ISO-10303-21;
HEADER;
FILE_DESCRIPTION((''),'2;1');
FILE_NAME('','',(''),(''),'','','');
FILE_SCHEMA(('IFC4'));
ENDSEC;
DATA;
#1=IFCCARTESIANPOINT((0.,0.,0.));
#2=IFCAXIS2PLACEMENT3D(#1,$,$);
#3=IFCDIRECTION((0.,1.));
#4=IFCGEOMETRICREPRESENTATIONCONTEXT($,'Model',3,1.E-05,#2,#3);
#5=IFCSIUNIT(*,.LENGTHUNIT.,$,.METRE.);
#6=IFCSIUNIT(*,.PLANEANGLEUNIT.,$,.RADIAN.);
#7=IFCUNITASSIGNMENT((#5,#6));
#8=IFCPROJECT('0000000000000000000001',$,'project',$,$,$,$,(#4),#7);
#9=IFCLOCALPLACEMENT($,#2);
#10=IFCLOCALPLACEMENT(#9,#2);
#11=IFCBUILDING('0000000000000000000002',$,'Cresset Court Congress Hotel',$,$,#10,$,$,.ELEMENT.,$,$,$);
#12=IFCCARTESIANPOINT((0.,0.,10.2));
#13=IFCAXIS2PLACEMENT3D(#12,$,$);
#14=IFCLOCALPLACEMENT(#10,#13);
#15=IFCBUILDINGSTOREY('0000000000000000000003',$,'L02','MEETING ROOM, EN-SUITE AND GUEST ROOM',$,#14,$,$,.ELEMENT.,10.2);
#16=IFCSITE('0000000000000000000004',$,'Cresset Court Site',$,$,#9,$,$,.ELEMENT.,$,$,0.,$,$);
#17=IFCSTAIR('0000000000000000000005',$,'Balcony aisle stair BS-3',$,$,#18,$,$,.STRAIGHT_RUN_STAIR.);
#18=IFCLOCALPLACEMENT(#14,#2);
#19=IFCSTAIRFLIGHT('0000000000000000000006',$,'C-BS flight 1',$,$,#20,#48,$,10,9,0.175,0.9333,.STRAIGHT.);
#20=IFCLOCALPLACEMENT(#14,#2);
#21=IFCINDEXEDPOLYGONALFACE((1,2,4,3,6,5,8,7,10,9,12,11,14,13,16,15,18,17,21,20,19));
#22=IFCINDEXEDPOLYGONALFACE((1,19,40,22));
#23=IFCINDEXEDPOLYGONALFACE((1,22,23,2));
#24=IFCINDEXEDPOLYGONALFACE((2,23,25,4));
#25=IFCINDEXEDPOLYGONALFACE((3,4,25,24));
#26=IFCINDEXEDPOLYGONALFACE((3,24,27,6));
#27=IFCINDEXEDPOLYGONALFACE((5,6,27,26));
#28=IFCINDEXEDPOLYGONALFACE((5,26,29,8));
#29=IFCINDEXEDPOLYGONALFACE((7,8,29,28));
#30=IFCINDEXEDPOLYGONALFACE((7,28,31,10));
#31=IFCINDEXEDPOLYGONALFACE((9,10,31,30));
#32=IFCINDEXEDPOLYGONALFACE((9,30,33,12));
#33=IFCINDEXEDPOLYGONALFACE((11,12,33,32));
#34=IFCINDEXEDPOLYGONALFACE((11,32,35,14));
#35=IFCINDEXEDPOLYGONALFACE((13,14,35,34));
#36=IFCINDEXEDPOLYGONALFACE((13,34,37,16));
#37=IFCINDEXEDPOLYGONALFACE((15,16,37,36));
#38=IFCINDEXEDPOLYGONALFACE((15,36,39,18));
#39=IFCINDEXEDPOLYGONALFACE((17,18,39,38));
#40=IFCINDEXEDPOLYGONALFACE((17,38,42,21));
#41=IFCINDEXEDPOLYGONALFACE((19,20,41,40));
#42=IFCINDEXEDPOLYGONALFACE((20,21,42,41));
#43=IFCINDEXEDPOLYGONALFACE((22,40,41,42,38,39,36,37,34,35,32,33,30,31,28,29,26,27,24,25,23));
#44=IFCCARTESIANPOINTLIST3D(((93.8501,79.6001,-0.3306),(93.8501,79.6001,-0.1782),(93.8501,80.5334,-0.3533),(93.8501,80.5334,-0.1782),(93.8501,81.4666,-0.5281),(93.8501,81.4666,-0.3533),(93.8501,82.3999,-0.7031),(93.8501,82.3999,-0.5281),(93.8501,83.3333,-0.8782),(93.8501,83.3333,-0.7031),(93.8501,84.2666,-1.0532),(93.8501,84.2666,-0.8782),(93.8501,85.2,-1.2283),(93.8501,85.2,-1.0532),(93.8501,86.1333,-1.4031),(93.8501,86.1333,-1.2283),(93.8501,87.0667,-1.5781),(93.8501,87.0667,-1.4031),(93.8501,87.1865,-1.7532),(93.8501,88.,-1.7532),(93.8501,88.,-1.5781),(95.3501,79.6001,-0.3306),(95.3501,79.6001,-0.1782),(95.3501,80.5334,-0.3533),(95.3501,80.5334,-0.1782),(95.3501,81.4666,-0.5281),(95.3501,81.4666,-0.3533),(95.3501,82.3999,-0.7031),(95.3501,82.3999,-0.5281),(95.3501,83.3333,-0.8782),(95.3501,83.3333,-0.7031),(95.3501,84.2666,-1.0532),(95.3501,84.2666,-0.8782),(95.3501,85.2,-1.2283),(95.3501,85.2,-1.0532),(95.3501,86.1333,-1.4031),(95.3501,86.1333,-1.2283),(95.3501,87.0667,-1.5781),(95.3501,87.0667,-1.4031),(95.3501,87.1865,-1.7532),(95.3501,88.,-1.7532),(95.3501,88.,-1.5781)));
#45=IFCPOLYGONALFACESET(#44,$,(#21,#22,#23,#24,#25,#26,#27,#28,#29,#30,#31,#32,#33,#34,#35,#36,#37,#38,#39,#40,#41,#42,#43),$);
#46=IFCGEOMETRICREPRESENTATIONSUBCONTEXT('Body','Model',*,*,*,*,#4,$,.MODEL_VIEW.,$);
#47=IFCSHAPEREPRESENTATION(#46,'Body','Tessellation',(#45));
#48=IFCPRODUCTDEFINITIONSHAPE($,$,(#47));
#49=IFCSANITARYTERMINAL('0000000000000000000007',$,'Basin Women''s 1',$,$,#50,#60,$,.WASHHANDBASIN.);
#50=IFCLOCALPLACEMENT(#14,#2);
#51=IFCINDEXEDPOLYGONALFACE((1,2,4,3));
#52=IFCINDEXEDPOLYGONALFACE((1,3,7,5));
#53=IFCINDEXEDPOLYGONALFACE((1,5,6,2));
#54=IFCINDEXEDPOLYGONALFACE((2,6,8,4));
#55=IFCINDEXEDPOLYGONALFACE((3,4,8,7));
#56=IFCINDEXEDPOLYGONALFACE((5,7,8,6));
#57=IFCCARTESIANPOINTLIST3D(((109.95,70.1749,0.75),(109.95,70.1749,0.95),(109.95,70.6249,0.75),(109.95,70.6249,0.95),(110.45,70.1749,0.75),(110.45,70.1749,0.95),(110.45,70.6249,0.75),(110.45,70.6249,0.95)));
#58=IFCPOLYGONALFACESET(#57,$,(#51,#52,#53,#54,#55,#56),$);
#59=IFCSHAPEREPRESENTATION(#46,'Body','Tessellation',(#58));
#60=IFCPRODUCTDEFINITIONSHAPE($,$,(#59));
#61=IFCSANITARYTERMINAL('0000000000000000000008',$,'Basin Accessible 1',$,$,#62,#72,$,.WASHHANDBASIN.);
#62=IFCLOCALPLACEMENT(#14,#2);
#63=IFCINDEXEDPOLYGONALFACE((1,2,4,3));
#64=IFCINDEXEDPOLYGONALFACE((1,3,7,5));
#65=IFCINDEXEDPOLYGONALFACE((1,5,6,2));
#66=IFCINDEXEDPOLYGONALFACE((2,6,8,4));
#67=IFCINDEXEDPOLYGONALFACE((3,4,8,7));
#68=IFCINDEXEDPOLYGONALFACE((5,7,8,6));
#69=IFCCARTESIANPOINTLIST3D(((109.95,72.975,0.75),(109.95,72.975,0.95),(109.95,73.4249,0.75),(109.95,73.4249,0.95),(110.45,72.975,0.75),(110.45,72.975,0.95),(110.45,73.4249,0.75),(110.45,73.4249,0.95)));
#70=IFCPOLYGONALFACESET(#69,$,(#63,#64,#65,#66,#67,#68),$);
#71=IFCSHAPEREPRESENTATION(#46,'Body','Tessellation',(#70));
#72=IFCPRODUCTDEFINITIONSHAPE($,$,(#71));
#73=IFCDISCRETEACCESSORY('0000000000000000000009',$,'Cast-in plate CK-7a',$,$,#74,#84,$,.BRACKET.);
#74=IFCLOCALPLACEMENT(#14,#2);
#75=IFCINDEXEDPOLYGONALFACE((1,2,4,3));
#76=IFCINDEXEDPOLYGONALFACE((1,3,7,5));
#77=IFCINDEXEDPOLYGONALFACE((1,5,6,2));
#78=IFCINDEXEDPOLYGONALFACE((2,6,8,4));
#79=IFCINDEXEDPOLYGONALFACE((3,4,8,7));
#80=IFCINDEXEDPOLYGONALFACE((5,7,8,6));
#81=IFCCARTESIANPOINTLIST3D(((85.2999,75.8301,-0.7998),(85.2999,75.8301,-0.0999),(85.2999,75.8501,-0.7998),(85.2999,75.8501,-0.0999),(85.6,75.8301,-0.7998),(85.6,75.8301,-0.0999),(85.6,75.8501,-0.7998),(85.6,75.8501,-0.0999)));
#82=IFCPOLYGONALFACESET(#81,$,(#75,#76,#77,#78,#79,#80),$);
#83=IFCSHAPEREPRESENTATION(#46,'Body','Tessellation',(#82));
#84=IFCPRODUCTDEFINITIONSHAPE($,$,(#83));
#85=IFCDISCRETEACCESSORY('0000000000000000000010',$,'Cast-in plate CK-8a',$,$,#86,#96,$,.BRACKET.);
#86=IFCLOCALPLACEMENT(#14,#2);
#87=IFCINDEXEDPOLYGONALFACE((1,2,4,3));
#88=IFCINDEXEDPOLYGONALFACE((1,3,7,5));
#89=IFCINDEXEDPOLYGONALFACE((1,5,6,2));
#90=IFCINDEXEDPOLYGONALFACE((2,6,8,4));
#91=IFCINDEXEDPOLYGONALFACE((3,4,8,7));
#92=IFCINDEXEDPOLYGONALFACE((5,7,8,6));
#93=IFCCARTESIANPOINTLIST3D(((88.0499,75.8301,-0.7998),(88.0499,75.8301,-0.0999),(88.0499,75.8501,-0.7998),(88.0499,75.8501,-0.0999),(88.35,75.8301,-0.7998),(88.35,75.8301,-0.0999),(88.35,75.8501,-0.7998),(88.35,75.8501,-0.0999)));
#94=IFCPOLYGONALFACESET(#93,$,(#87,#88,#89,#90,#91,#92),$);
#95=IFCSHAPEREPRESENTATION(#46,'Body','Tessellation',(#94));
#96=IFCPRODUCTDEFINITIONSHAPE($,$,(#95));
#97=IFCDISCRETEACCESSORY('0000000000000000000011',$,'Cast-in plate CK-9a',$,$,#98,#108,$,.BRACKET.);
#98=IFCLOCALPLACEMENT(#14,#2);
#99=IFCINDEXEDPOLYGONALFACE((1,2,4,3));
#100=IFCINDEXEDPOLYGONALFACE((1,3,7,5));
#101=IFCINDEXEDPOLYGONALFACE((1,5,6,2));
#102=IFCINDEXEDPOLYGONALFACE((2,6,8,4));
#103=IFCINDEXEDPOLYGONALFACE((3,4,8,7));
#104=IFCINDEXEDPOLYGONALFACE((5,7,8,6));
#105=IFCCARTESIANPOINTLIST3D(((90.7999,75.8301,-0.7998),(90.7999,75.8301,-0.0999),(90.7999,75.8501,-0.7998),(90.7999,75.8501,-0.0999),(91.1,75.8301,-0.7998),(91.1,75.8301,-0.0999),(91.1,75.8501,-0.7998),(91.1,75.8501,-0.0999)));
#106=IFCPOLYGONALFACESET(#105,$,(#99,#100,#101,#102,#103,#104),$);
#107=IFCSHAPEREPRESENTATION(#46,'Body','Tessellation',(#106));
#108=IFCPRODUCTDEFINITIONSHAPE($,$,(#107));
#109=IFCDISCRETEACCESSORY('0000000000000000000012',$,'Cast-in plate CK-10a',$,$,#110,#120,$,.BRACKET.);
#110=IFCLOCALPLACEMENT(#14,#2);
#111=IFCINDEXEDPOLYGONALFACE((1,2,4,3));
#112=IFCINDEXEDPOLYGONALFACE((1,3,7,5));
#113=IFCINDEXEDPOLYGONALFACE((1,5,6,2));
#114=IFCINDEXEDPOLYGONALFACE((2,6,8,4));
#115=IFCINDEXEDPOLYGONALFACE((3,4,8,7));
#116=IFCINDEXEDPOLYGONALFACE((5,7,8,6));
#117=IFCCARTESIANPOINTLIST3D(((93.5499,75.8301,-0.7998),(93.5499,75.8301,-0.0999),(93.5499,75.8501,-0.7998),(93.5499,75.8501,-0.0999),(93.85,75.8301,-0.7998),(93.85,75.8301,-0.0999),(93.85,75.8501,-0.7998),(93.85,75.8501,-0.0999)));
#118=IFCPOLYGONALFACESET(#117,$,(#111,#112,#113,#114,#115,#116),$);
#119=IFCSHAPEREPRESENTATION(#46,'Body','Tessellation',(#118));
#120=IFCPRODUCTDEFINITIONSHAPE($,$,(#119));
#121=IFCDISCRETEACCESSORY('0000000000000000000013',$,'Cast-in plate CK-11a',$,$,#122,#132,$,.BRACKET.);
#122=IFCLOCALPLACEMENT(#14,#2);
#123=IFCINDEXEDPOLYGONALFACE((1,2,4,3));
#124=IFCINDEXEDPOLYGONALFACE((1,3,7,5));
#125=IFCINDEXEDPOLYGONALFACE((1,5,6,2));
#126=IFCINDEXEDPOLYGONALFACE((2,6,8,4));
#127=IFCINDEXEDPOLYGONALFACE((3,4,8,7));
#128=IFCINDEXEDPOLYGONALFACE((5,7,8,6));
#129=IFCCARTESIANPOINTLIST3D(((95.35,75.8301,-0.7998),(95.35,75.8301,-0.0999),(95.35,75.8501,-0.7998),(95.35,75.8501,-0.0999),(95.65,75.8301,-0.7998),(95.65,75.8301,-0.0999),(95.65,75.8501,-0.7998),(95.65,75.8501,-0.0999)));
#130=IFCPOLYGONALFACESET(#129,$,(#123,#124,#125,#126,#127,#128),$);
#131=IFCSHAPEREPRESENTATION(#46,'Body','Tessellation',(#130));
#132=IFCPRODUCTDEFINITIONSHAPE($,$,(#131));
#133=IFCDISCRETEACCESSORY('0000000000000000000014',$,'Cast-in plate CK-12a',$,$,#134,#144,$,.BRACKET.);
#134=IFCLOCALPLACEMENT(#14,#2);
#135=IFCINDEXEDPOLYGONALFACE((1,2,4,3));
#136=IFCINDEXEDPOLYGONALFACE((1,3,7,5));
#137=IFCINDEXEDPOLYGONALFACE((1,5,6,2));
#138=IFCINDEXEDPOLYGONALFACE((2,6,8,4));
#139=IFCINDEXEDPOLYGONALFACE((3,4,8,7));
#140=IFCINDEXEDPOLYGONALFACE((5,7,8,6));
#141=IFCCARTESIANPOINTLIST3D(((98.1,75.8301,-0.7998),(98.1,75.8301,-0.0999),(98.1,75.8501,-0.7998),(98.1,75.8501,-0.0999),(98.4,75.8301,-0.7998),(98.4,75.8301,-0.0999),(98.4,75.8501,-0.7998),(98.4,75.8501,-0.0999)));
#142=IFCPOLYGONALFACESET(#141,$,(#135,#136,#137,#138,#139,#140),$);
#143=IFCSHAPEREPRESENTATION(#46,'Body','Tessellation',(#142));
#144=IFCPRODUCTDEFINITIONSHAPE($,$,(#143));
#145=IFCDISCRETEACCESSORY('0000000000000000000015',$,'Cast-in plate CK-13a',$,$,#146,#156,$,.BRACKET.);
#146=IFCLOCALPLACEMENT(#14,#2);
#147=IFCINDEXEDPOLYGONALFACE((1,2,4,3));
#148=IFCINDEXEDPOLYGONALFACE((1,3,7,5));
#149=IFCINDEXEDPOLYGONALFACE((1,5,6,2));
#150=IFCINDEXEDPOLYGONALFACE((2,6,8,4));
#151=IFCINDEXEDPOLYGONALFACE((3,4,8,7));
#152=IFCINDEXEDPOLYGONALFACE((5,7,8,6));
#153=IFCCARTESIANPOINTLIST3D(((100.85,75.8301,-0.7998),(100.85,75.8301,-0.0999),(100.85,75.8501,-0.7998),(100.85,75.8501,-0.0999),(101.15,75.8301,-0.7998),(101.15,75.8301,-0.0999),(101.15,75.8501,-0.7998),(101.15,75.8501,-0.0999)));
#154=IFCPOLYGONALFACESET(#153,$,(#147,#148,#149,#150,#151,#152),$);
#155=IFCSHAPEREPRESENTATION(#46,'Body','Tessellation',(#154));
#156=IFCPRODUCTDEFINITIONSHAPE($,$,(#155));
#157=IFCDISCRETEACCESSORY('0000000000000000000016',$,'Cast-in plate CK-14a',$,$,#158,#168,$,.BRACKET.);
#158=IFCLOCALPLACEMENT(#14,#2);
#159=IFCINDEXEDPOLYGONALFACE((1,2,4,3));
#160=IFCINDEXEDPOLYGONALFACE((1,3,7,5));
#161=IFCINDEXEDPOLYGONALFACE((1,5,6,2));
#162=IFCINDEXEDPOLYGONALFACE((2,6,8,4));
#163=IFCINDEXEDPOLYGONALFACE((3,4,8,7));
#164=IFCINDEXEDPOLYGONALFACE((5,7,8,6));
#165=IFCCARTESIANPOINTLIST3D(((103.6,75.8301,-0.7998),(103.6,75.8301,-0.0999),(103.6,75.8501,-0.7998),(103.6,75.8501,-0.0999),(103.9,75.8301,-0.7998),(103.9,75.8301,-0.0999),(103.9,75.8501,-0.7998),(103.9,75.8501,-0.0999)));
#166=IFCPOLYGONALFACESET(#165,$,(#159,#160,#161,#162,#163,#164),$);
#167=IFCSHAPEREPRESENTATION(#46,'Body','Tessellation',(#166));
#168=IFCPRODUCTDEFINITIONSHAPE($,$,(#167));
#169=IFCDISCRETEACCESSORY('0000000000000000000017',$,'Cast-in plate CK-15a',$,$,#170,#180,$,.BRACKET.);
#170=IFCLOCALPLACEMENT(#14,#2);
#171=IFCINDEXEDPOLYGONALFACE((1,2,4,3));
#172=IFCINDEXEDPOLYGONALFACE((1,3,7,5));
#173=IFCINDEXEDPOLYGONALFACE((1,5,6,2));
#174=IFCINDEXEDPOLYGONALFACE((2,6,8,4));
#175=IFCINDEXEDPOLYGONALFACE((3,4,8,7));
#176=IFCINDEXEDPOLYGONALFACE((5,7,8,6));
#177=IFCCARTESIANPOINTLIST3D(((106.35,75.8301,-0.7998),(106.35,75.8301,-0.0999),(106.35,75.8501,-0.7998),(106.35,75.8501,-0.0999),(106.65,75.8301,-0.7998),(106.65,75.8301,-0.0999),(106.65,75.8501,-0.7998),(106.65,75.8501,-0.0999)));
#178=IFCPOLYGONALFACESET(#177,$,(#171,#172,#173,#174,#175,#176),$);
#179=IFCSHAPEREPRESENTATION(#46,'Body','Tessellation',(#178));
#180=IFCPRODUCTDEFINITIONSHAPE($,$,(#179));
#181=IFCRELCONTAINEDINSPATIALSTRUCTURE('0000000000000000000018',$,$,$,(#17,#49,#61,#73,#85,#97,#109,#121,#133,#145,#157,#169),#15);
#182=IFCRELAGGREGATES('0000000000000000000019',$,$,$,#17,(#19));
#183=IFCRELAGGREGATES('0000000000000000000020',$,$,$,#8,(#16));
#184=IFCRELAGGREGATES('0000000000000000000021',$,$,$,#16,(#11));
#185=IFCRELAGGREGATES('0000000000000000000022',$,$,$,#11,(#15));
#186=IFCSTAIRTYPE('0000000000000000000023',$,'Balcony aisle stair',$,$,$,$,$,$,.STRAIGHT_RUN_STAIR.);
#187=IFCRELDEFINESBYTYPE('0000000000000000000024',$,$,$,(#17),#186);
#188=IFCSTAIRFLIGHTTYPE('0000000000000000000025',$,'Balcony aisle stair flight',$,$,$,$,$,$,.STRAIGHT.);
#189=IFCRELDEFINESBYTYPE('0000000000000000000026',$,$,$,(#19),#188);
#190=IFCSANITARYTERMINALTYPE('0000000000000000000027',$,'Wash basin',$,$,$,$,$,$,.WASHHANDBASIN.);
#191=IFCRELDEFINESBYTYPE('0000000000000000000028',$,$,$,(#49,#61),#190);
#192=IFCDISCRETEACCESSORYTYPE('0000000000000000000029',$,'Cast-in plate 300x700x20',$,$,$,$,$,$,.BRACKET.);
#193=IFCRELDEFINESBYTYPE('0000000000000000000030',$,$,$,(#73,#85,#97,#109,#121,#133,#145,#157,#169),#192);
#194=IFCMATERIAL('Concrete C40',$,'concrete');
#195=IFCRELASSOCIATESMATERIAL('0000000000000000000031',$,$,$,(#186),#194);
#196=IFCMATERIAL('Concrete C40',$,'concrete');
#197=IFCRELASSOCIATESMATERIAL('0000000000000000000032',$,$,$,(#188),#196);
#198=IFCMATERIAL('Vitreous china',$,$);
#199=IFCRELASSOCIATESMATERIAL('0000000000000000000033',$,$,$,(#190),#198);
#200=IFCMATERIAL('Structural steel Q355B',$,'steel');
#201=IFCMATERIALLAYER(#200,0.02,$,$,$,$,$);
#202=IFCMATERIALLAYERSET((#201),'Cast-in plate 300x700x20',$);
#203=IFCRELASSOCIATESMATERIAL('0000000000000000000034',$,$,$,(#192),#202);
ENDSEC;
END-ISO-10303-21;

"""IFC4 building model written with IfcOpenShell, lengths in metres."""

from ifc_helpers import new_model, si_unit, direction, frame, origin, origin_2d, place, context, subcontext, project, spatial, polyline, rectangle, outline, extrude, material, layer, layer_set, type_object, element, aggregate, save


model = new_model("IFC4")

# Units and contexts
model_context = context("Model", 3, precision=1e-05, world=origin(), true_north=direction((0.0, 1.0)))
body_context = subcontext(model_context, "Body", "Model", "MODEL_VIEW")
ifc_project = project(units=[si_unit("LENGTHUNIT", "METRE"), si_unit("PLANEANGLEUNIT", "RADIAN")], contexts=[model_context])

# Site, building, storey
site_placement = place(None, origin())
site = spatial("IfcSite", under=ifc_project, at=site_placement, Name="Cresset Court Site", CompositionType="ELEMENT", RefElevation=0.0)
building_placement = place(site_placement, origin())
building = spatial("IfcBuilding", under=site, at=building_placement, Name="Cresset Court Congress Hotel", CompositionType="ELEMENT")
storey_placement = place(building_placement, frame((0.0, 0.0, 10.2)))
storey = spatial("IfcBuildingStorey", under=building, at=storey_placement, Name="L02", Description="MEETING ROOM, EN-SUITE AND GUEST ROOM", CompositionType="ELEMENT", Elevation=10.2)

# Stair, stair flight
ifc_material_1 = material(Name="Concrete C40", Category="concrete")
stair_type = type_object("IfcStairType", Name="Balcony aisle stair", PredefinedType="STRAIGHT_RUN_STAIR", material=ifc_material_1)
stair_placement = place(storey_placement, origin())
stair = element("IfcStair", 1, at=stair_placement, inside=storey, type_object=stair_type, Name="Balcony aisle stair BS-3", PredefinedType="STRAIGHT_RUN_STAIR")
ifc_material_2 = material(Name="Concrete C40", Category="concrete")
stair_flight_type = type_object("IfcStairFlightType", Name="Balcony aisle stair flight", PredefinedType="STRAIGHT", material=ifc_material_2)
stair_flight_placement = place(storey_placement, frame((94.6001, 88.0, -1.7532), z_axis=(0.0, 0.0, 1.0), x_axis=(0.0, -1.0, 0.0)))
stair_flight = element("IfcStairFlight", 2, at=stair_flight_placement, type_object=stair_flight_type, Name="C-BS flight 1", NumberOfRisers=10, NumberOfTreads=9, PredefinedType="STRAIGHT", RiserHeight=0.175, TreadLength=0.9333, context=body_context, shape_type="SweptSolid", body=[
    extrude(outline(polyline([(0.0, 0.0), (0.0, 0.175), (0.9333, 0.175), (0.9333, 0.3501), (1.8667, 0.3501), (1.8667, 0.5249), (2.8, 0.5249), (2.8, 0.7), (3.7334, 0.7), (3.7334, 0.875), (4.6667, 0.875), (4.6667, 1.05), (5.6001, 1.05), (5.6001, 1.2251), (6.5334, 1.2251), (6.5334, 1.3999), (7.4666, 1.3999), (7.4666, 1.575), (8.3999, 1.575), (8.3999, 1.75), (8.3999, 1.4226), (0.8135, 0.0), (0.0, 0.0)])), frame((0.0, 0.75, 0.0), z_axis=(0.0, -1.0, 0.0), x_axis=(1.0, 0.0, 0.0)), (0.0, 0.0, 1.0), 1.5),
])
aggregate(stair, [stair_flight])

# Sanitary terminals
ifc_material_3 = material(Name="Vitreous china")
sanitary_terminal_type = type_object("IfcSanitaryTerminalType", Name="Wash basin", PredefinedType="WASHHANDBASIN", material=ifc_material_3)
for number, where, z_axis, x_axis, name in (
    (3, (110.2, 70.3999, 0.75), (0.0, 0.0, 1.0), (1.0, 0.0, 0.0), "Basin Women's 1"),
    (4, (110.2, 73.2, 0.75), (0.0, 0.0, 1.0), (1.0, 0.0, 0.0), "Basin Accessible 1"),
):
    element("IfcSanitaryTerminal", number, at=place(storey_placement, frame(where, z_axis=z_axis, x_axis=x_axis)), inside=storey, type_object=sanitary_terminal_type, Name=name, PredefinedType="WASHHANDBASIN", context=body_context, shape_type="SweptSolid", body=[
        extrude(rectangle(XDim=0.5, YDim=0.45, at=origin_2d()), origin(), (0.0, 0.0, 1.0), 0.2),
    ])

# Discrete accessories
ifc_material_4 = material(Name="Structural steel Q355B", Category="steel")
ifc_layer_1 = layer(ifc_material_4, 0.02)
ifc_layer_set_1 = layer_set([ifc_layer_1], Name="Cast-in plate 300x700x20")
discrete_accessory_type = type_object("IfcDiscreteAccessoryType", Name="Cast-in plate 300x700x20", PredefinedType="BRACKET", material=ifc_layer_set_1)
for number, where, z_axis, x_axis, name in (
    (5, (85.45, 75.8401, -0.7998), (0.0, 0.0, 1.0), (1.0, 0.0, 0.0), "Cast-in plate CK-7a"),
    (6, (88.2, 75.8401, -0.7998), (0.0, 0.0, 1.0), (1.0, 0.0, 0.0), "Cast-in plate CK-8a"),
    (7, (90.95, 75.8401, -0.7998), (0.0, 0.0, 1.0), (1.0, 0.0, 0.0), "Cast-in plate CK-9a"),
    (8, (93.7, 75.8401, -0.7998), (0.0, 0.0, 1.0), (1.0, 0.0, 0.0), "Cast-in plate CK-10a"),
    (9, (95.5, 75.8401, -0.7998), (0.0, 0.0, 1.0), (1.0, 0.0, 0.0), "Cast-in plate CK-11a"),
    (10, (98.25, 75.8401, -0.7998), (0.0, 0.0, 1.0), (1.0, 0.0, 0.0), "Cast-in plate CK-12a"),
    (11, (101.0, 75.8401, -0.7998), (0.0, 0.0, 1.0), (1.0, 0.0, 0.0), "Cast-in plate CK-13a"),
    (12, (103.75, 75.8401, -0.7998), (0.0, 0.0, 1.0), (1.0, 0.0, 0.0), "Cast-in plate CK-14a"),
    (13, (106.5, 75.8401, -0.7998), (0.0, 0.0, 1.0), (1.0, 0.0, 0.0), "Cast-in plate CK-15a"),
):
    element("IfcDiscreteAccessory", number, at=place(storey_placement, frame(where, z_axis=z_axis, x_axis=x_axis)), inside=storey, type_object=discrete_accessory_type, Name=name, PredefinedType="BRACKET", context=body_context, shape_type="SweptSolid", body=[
        extrude(rectangle(XDim=0.3, YDim=0.02, at=origin_2d()), origin(), (0.0, 0.0, 1.0), 0.7),
    ])

save(model, "model.ifc")
